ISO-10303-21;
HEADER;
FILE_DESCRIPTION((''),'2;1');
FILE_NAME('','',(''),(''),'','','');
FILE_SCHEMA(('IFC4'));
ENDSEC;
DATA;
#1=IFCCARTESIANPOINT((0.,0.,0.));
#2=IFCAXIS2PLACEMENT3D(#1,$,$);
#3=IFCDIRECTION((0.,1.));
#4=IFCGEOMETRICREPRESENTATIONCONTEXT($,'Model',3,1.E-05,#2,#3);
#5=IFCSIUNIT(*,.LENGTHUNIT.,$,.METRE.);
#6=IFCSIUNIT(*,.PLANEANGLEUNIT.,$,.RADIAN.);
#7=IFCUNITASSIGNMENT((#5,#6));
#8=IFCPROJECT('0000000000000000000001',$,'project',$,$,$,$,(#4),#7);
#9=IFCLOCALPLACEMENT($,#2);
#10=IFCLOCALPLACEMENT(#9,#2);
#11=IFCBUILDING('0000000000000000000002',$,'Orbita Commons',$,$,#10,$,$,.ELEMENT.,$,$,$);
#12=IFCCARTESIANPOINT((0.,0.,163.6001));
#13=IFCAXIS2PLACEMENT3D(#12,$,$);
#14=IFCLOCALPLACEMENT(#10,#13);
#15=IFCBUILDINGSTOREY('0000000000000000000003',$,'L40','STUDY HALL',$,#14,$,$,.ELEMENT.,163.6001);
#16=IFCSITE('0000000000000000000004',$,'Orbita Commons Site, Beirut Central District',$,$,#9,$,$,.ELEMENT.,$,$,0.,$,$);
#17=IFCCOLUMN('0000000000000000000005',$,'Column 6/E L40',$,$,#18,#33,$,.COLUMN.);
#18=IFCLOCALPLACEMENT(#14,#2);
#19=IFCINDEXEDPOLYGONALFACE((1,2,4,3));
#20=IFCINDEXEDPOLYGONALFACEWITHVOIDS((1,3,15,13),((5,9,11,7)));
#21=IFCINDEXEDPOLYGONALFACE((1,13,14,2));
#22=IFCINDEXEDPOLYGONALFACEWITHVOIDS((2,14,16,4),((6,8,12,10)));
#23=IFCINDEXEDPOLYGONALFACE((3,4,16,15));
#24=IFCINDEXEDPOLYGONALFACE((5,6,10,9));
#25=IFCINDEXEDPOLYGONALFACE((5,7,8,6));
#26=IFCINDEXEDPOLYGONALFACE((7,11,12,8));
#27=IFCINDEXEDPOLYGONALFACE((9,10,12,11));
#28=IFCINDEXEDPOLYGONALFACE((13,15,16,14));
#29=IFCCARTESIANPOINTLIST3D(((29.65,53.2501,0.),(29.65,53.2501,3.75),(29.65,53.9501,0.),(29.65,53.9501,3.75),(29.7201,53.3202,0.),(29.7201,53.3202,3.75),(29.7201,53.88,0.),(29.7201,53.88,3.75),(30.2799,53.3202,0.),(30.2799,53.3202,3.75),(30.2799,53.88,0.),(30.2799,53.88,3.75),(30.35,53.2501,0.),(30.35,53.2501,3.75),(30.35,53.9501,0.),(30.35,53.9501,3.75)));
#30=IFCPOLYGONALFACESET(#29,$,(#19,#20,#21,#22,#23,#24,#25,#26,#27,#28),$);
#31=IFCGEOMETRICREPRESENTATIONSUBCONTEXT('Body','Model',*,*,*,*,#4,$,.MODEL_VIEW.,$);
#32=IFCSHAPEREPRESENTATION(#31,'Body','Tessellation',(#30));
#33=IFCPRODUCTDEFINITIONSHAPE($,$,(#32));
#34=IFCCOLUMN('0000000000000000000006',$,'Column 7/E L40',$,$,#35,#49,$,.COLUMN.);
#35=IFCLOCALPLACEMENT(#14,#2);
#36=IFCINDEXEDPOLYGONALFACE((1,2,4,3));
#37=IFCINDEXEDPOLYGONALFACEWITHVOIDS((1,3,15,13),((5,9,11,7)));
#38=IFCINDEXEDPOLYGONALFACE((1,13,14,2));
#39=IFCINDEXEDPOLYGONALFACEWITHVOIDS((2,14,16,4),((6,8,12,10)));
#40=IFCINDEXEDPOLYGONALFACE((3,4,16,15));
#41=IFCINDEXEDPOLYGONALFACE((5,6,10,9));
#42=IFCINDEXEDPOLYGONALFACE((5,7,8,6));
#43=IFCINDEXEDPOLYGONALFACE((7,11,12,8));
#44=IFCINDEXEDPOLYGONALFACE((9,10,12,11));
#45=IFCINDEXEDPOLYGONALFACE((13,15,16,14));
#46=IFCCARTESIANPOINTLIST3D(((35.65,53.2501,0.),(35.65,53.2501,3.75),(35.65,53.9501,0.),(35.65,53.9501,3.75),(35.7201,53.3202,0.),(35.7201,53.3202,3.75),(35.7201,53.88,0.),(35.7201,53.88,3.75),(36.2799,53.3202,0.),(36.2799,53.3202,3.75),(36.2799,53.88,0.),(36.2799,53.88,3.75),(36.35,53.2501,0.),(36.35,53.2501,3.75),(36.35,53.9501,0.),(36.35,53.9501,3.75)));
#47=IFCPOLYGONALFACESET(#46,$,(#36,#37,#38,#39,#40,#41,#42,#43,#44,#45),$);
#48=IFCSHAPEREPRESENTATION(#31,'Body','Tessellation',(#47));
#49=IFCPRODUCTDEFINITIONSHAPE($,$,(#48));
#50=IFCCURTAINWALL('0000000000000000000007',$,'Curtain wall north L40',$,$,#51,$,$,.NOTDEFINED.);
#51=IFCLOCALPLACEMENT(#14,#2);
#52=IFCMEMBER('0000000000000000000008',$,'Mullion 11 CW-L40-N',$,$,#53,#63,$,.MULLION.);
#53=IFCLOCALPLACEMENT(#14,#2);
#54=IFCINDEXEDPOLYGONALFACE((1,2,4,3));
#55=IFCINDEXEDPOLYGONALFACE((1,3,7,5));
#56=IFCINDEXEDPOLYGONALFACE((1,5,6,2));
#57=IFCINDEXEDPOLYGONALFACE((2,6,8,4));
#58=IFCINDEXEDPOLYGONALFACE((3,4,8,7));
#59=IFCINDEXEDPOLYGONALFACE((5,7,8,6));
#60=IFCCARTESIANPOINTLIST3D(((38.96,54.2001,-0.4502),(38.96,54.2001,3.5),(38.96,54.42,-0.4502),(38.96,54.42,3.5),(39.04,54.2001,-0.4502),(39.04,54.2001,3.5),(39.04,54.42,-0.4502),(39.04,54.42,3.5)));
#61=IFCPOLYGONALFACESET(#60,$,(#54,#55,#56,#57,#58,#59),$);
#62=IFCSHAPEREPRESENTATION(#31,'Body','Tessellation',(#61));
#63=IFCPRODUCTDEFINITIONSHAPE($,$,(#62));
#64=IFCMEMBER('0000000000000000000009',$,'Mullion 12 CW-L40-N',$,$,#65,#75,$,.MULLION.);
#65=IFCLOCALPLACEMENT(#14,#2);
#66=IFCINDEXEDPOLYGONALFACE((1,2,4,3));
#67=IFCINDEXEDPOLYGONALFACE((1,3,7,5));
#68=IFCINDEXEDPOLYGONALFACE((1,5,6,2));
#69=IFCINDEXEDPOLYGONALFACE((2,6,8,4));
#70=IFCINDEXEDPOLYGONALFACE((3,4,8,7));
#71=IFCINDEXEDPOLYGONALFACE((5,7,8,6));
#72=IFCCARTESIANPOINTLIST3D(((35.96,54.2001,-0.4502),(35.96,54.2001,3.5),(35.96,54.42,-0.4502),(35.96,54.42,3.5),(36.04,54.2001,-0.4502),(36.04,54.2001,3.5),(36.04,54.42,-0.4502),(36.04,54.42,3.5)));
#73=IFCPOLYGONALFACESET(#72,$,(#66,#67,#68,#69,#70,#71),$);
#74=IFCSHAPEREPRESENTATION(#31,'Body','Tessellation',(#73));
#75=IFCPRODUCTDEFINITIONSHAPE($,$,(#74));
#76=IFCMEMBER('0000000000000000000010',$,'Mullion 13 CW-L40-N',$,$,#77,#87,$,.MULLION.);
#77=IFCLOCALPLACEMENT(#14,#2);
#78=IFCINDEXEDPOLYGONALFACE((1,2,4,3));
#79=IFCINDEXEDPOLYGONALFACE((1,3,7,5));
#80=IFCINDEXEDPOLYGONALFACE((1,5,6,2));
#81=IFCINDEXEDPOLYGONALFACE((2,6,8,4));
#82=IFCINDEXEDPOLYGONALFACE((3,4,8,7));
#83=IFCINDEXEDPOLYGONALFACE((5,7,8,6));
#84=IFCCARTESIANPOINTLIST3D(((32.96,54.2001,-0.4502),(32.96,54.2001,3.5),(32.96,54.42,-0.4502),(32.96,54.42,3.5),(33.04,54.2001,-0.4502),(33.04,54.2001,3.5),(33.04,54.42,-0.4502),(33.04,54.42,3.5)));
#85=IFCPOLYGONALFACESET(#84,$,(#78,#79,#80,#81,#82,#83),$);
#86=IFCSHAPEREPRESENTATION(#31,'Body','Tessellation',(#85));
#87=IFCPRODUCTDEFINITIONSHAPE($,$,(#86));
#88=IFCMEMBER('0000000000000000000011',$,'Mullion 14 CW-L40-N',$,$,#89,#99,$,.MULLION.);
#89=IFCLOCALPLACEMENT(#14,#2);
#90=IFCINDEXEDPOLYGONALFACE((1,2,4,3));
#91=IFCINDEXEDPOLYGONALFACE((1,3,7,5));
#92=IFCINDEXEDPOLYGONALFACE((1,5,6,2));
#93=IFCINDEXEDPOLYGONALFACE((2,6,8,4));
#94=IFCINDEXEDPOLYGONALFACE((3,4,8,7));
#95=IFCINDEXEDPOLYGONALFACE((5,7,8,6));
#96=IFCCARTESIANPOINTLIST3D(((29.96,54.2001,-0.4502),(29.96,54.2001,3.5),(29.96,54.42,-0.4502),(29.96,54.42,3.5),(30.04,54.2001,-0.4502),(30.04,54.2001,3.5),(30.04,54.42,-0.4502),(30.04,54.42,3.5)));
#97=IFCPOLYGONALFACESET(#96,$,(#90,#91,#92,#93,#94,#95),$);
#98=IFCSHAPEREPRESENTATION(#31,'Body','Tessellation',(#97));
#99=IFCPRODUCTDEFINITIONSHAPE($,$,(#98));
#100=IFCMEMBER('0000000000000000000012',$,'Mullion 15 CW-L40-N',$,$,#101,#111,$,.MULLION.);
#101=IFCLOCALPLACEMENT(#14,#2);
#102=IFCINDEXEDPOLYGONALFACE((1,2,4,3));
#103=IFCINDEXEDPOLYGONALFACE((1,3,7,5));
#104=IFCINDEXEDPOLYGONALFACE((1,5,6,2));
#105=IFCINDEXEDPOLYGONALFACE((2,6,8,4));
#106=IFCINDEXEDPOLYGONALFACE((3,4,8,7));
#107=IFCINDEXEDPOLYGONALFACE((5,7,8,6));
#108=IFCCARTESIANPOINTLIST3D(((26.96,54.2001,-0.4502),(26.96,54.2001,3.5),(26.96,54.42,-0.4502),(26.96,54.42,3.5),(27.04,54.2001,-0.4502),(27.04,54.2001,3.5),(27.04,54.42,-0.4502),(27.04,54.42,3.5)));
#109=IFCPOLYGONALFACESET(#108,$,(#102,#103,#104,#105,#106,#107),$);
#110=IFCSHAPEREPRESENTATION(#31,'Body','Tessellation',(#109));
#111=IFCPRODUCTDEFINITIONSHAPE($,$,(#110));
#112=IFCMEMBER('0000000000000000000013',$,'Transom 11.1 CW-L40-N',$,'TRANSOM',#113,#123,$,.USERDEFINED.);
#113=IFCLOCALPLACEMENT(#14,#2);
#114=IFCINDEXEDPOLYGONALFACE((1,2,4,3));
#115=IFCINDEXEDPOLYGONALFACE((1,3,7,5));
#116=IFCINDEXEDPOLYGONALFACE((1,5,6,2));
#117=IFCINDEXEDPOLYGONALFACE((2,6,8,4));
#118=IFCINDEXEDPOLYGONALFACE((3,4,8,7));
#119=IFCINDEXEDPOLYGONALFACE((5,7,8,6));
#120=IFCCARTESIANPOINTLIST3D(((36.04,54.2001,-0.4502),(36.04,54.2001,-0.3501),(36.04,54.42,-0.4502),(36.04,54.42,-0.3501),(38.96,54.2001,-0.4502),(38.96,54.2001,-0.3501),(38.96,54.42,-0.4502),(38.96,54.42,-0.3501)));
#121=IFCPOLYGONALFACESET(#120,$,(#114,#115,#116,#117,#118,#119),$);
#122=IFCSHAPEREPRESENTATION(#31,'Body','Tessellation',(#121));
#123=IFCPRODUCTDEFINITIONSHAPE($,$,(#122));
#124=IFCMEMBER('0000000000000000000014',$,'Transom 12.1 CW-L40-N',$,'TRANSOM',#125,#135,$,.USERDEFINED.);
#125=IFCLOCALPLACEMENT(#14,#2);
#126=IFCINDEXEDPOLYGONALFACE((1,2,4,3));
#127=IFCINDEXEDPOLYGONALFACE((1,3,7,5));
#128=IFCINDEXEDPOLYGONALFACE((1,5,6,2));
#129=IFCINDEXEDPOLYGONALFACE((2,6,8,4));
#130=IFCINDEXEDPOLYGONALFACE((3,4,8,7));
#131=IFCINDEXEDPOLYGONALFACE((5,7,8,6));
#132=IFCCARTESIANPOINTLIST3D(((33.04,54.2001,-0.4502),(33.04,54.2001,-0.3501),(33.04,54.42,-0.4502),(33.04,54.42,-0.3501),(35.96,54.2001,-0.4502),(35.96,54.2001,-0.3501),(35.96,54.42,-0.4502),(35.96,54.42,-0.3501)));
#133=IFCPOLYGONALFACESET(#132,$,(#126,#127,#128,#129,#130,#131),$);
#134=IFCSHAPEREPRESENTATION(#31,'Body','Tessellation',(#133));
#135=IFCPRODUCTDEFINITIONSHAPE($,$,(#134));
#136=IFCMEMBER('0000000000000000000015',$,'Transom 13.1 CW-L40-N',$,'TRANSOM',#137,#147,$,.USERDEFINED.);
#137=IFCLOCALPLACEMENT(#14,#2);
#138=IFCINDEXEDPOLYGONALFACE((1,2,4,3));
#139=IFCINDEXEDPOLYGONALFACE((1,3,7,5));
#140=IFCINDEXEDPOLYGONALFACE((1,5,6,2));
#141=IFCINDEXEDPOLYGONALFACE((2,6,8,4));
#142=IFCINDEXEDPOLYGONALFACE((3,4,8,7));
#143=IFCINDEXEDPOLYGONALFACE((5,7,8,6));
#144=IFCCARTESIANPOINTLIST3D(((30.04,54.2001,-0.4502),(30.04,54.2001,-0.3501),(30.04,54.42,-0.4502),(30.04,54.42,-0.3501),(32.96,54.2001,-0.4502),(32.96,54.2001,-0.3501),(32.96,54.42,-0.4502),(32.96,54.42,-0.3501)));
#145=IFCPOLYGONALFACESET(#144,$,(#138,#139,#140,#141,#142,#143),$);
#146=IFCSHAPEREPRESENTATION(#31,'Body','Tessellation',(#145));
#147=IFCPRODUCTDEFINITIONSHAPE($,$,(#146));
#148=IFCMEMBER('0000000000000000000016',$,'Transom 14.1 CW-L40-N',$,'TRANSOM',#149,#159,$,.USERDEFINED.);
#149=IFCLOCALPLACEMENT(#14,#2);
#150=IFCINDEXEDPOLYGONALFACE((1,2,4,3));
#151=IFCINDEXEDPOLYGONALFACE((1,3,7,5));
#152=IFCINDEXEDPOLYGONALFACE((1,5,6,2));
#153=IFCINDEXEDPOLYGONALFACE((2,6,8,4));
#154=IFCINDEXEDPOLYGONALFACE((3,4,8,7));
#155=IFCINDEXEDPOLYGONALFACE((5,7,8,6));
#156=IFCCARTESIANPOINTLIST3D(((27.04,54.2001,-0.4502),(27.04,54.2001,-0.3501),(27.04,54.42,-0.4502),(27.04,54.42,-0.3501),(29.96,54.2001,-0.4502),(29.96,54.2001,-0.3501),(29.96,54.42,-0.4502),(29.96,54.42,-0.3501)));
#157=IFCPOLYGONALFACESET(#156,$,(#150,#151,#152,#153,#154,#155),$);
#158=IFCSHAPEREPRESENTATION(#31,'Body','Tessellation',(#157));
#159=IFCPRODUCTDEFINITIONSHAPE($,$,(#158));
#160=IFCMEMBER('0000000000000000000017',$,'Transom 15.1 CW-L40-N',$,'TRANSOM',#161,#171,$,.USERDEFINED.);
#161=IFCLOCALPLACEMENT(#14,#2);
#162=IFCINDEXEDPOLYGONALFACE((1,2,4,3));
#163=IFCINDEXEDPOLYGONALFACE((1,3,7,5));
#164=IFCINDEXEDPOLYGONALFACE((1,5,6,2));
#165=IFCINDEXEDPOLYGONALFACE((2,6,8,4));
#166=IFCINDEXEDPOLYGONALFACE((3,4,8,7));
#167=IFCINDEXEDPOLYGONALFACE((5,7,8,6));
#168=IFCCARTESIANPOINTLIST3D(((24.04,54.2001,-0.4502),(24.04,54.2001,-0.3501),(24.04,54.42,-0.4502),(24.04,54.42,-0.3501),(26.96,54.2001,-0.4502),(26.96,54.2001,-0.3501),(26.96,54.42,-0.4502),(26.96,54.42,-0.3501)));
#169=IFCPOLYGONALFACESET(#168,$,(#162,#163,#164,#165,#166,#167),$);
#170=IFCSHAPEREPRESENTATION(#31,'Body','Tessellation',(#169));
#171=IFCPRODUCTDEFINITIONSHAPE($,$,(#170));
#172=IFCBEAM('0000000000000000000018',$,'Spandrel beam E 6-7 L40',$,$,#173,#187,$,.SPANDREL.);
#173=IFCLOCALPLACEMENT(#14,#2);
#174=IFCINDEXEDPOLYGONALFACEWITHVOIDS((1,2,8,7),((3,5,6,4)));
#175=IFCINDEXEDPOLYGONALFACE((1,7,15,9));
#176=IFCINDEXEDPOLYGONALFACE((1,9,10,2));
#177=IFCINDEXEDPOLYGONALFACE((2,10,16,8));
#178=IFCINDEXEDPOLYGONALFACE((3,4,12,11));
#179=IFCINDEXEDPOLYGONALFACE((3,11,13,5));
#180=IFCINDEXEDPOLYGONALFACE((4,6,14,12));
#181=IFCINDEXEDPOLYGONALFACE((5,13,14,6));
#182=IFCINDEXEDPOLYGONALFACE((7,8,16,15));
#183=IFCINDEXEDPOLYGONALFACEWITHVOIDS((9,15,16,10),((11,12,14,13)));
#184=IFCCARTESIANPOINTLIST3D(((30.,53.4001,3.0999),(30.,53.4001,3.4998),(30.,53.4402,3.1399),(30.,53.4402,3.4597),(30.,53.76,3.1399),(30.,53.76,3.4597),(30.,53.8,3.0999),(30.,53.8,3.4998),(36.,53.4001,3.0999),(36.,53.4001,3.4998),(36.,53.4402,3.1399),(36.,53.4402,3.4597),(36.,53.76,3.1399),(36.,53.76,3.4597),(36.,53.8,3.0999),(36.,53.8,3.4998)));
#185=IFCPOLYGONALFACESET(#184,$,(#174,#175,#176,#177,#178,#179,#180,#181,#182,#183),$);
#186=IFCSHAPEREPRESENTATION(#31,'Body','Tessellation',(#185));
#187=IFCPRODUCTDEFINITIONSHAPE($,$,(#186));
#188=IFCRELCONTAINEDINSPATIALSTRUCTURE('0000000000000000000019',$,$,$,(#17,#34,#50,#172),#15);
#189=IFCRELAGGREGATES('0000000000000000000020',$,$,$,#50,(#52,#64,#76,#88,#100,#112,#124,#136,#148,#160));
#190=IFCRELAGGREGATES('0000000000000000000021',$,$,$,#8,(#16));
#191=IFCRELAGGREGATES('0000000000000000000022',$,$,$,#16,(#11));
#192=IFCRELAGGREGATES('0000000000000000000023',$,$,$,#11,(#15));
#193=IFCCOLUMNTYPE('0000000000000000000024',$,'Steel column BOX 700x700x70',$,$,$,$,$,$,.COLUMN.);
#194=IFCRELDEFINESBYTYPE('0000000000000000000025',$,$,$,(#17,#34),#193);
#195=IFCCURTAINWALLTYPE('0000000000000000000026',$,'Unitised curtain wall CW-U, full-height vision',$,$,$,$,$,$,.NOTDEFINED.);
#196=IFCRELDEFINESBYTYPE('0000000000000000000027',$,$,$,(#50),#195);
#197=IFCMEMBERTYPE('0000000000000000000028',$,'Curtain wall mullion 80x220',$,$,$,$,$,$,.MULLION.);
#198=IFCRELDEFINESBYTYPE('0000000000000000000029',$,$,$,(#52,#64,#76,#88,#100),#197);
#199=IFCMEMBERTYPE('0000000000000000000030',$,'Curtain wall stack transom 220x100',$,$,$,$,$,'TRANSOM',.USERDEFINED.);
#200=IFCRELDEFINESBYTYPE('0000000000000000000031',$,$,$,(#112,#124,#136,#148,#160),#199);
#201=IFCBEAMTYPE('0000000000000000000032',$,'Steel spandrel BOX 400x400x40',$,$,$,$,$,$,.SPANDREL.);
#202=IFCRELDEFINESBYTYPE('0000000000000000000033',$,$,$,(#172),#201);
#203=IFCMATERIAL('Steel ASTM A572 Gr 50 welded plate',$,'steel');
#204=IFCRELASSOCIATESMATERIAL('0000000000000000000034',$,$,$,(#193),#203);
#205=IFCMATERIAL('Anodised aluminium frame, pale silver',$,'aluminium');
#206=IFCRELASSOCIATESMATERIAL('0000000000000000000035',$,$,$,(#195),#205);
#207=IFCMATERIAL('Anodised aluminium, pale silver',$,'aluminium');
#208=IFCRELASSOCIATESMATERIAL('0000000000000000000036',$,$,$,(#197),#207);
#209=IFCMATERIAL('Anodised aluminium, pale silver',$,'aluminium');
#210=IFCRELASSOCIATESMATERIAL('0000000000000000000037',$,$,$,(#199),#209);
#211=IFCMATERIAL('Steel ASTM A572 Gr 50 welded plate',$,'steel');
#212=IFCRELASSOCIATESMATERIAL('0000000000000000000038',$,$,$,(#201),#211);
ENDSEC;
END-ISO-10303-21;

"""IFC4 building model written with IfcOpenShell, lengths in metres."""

from ifc_helpers import new_model, si_unit, direction, frame, origin, origin_2d, place, context, subcontext, project, spatial, rectangle, hollow_rectangle, extrude, material, material_profile, profile_set, type_object, element, aggregate, save


model = new_model("IFC4")

# Units and contexts
model_context = context("Model", 3, precision=1e-05, world=origin(), true_north=direction((0.0, 1.0)))
body_context = subcontext(model_context, "Body", "Model", "MODEL_VIEW")
ifc_project = project(units=[si_unit("LENGTHUNIT", "METRE"), si_unit("PLANEANGLEUNIT", "RADIAN")], contexts=[model_context])

# Site, building, storey
site_placement = place(None, origin())
site = spatial("IfcSite", under=ifc_project, at=site_placement, Name="Orbita Commons Site, Beirut Central District", CompositionType="ELEMENT", RefElevation=0.0)
building_placement = place(site_placement, origin())
building = spatial("IfcBuilding", under=site, at=building_placement, Name="Orbita Commons", CompositionType="ELEMENT")
storey_placement = place(building_placement, frame((0.0, 0.0, 163.6001)))
storey = spatial("IfcBuildingStorey", under=building, at=storey_placement, Name="L40", Description="STUDY HALL", CompositionType="ELEMENT", Elevation=163.6001)

# Columns
ifc_material_1 = material(Name="Steel ASTM A572 Gr 50 welded plate", Category="steel")
ifc_material_profile_1 = material_profile(ifc_material_1, hollow_rectangle(XDim=0.7, YDim=0.7, WallThickness=0.0701, at=origin_2d()), Name="BOX 700x700x70")
ifc_profile_set_1 = profile_set([ifc_material_profile_1], Name="Steel ASTM A572 Gr 50 welded plate")
column_type = type_object("IfcColumnType", Name="Steel column BOX 700x700x70", PredefinedType="COLUMN", material=ifc_profile_set_1)
for number, where, z_axis, x_axis, name in (
    (1, (30.0, 53.6001, 0.0), (0.0, 0.0, 1.0), (1.0, 0.0, 0.0), "Column 6/E L40"),
    (2, (36.0, 53.6001, 0.0), (0.0, 0.0, 1.0), (1.0, 0.0, 0.0), "Column 7/E L40"),
):
    element("IfcColumn", number, at=place(storey_placement, frame(where, z_axis=z_axis, x_axis=x_axis)), inside=storey, type_object=column_type, Name=name, PredefinedType="COLUMN", context=body_context, shape_type="SweptSolid", body=[
        extrude(hollow_rectangle(XDim=0.7, YDim=0.7, WallThickness=0.0701, at=origin_2d()), origin(), (0.0, 0.0, 1.0), 3.75),
    ])

# Curtain wall, members
ifc_material_2 = material(Name="Anodised aluminium frame, pale silver", Category="aluminium")
curtain_wall_type = type_object("IfcCurtainWallType", Name="Unitised curtain wall CW-U, full-height vision", PredefinedType="NOTDEFINED", material=ifc_material_2)
curtain_wall_placement = place(storey_placement, origin())
curtain_wall = element("IfcCurtainWall", 3, at=curtain_wall_placement, inside=storey, type_object=curtain_wall_type, Name="Curtain wall north L40", PredefinedType="NOTDEFINED")
ifc_material_3 = material(Name="Anodised aluminium, pale silver", Category="aluminium")
ifc_material_profile_2 = material_profile(ifc_material_3, rectangle(XDim=0.0801, YDim=0.22, at=origin_2d()), Name="AL 80x220")
ifc_profile_set_2 = profile_set([ifc_material_profile_2], Name="Anodised aluminium, pale silver")
member_type_1 = type_object("IfcMemberType", Name="Curtain wall mullion 80x220", PredefinedType="MULLION", material=ifc_profile_set_2)
member_1_placement = place(storey_placement, frame((39.0, 54.3101, -0.4502), z_axis=(0.0, 0.0, 1.0), x_axis=(-1.0, 0.0, 0.0)))
member_1 = element("IfcMember", 4, at=member_1_placement, type_object=member_type_1, Name="Mullion 11 CW-L40-N", PredefinedType="MULLION", context=body_context, shape_type="SweptSolid", body=[
    extrude(rectangle(XDim=0.0801, YDim=0.22, at=origin_2d()), origin(), (0.0, 0.0, 1.0), 3.9502),
])
member_2_placement = place(storey_placement, frame((36.0, 54.3101, -0.4502), z_axis=(0.0, 0.0, 1.0), x_axis=(-1.0, 0.0, 0.0)))
member_2 = element("IfcMember", 5, at=member_2_placement, type_object=member_type_1, Name="Mullion 12 CW-L40-N", PredefinedType="MULLION", context=body_context, shape_type="SweptSolid", body=[
    extrude(rectangle(XDim=0.0801, YDim=0.22, at=origin_2d()), origin(), (0.0, 0.0, 1.0), 3.9502),
])
member_3_placement = place(storey_placement, frame((33.0, 54.3101, -0.4502), z_axis=(0.0, 0.0, 1.0), x_axis=(-1.0, 0.0, 0.0)))
member_3 = element("IfcMember", 6, at=member_3_placement, type_object=member_type_1, Name="Mullion 13 CW-L40-N", PredefinedType="MULLION", context=body_context, shape_type="SweptSolid", body=[
    extrude(rectangle(XDim=0.0801, YDim=0.22, at=origin_2d()), origin(), (0.0, 0.0, 1.0), 3.9502),
])
member_4_placement = place(storey_placement, frame((30.0, 54.3101, -0.4502), z_axis=(0.0, 0.0, 1.0), x_axis=(-1.0, 0.0, 0.0)))
member_4 = element("IfcMember", 7, at=member_4_placement, type_object=member_type_1, Name="Mullion 14 CW-L40-N", PredefinedType="MULLION", context=body_context, shape_type="SweptSolid", body=[
    extrude(rectangle(XDim=0.0801, YDim=0.22, at=origin_2d()), origin(), (0.0, 0.0, 1.0), 3.9502),
])
member_5_placement = place(storey_placement, frame((27.0, 54.3101, -0.4502), z_axis=(0.0, 0.0, 1.0), x_axis=(-1.0, 0.0, 0.0)))
member_5 = element("IfcMember", 8, at=member_5_placement, type_object=member_type_1, Name="Mullion 15 CW-L40-N", PredefinedType="MULLION", context=body_context, shape_type="SweptSolid", body=[
    extrude(rectangle(XDim=0.0801, YDim=0.22, at=origin_2d()), origin(), (0.0, 0.0, 1.0), 3.9502),
])
ifc_material_4 = material(Name="Anodised aluminium, pale silver", Category="aluminium")
ifc_material_profile_3 = material_profile(ifc_material_4, rectangle(XDim=0.22, YDim=0.1001, at=origin_2d()), Name="AL 220x100")
ifc_profile_set_3 = profile_set([ifc_material_profile_3], Name="Anodised aluminium, pale silver")
member_type_2 = type_object("IfcMemberType", Name="Curtain wall stack transom 220x100", ElementType="TRANSOM", PredefinedType="USERDEFINED", material=ifc_profile_set_3)
member_6_placement = place(storey_placement, frame((38.96, 54.3101, -0.4001), z_axis=(-1.0, 0.0, 0.0), x_axis=(0.0, -1.0, 0.0)))
member_6 = element("IfcMember", 9, at=member_6_placement, type_object=member_type_2, Name="Transom 11.1 CW-L40-N", ObjectType="TRANSOM", PredefinedType="USERDEFINED", context=body_context, shape_type="SweptSolid", body=[
    extrude(rectangle(XDim=0.22, YDim=0.1001, at=origin_2d()), origin(), (0.0, 0.0, 1.0), 2.9199),
])
member_7_placement = place(storey_placement, frame((35.96, 54.3101, -0.4001), z_axis=(-1.0, 0.0, 0.0), x_axis=(0.0, -1.0, 0.0)))
member_7 = element("IfcMember", 10, at=member_7_placement, type_object=member_type_2, Name="Transom 12.1 CW-L40-N", ObjectType="TRANSOM", PredefinedType="USERDEFINED", context=body_context, shape_type="SweptSolid", body=[
    extrude(rectangle(XDim=0.22, YDim=0.1001, at=origin_2d()), origin(), (0.0, 0.0, 1.0), 2.9199),
])
member_8_placement = place(storey_placement, frame((32.96, 54.3101, -0.4001), z_axis=(-1.0, 0.0, 0.0), x_axis=(0.0, -1.0, 0.0)))
member_8 = element("IfcMember", 11, at=member_8_placement, type_object=member_type_2, Name="Transom 13.1 CW-L40-N", ObjectType="TRANSOM", PredefinedType="USERDEFINED", context=body_context, shape_type="SweptSolid", body=[
    extrude(rectangle(XDim=0.22, YDim=0.1001, at=origin_2d()), origin(), (0.0, 0.0, 1.0), 2.9199),
])
member_9_placement = place(storey_placement, frame((29.96, 54.3101, -0.4001), z_axis=(-1.0, 0.0, 0.0), x_axis=(0.0, -1.0, 0.0)))
member_9 = element("IfcMember", 12, at=member_9_placement, type_object=member_type_2, Name="Transom 14.1 CW-L40-N", ObjectType="TRANSOM", PredefinedType="USERDEFINED", context=body_context, shape_type="SweptSolid", body=[
    extrude(rectangle(XDim=0.22, YDim=0.1001, at=origin_2d()), origin(), (0.0, 0.0, 1.0), 2.9199),
])
member_10_placement = place(storey_placement, frame((26.96, 54.3101, -0.4001), z_axis=(-1.0, 0.0, 0.0), x_axis=(0.0, -1.0, 0.0)))
member_10 = element("IfcMember", 13, at=member_10_placement, type_object=member_type_2, Name="Transom 15.1 CW-L40-N", ObjectType="TRANSOM", PredefinedType="USERDEFINED", context=body_context, shape_type="SweptSolid", body=[
    extrude(rectangle(XDim=0.22, YDim=0.1001, at=origin_2d()), origin(), (0.0, 0.0, 1.0), 2.9199),
])

# Beam
ifc_material_5 = material(Name="Steel ASTM A572 Gr 50 welded plate", Category="steel")
ifc_material_profile_4 = material_profile(ifc_material_5, hollow_rectangle(XDim=0.3999, YDim=0.3999, WallThickness=0.04, at=origin_2d()), Name="BOX 400x400x40")
ifc_profile_set_4 = profile_set([ifc_material_profile_4], Name="Steel ASTM A572 Gr 50 welded plate")
beam_type = type_object("IfcBeamType", Name="Steel spandrel BOX 400x400x40", PredefinedType="SPANDREL", material=ifc_profile_set_4)
for number, where, z_axis, x_axis, name in (
    (14, (30.0, 53.6001, 3.2998), (1.0, 0.0, 0.0), (0.0, 1.0, 0.0), "Spandrel beam E 6-7 L40"),
):
    element("IfcBeam", number, at=place(storey_placement, frame(where, z_axis=z_axis, x_axis=x_axis)), inside=storey, type_object=beam_type, Name=name, PredefinedType="SPANDREL", context=body_context, shape_type="SweptSolid", body=[
        extrude(hollow_rectangle(XDim=0.3999, YDim=0.3999, WallThickness=0.04, at=origin_2d()), origin(), (0.0, 0.0, 1.0), 6.0),
    ])

aggregate(curtain_wall, [member_1, member_2, member_3, member_4, member_5, member_6, member_7, member_8, member_9, member_10])

save(model, "model.ifc")
